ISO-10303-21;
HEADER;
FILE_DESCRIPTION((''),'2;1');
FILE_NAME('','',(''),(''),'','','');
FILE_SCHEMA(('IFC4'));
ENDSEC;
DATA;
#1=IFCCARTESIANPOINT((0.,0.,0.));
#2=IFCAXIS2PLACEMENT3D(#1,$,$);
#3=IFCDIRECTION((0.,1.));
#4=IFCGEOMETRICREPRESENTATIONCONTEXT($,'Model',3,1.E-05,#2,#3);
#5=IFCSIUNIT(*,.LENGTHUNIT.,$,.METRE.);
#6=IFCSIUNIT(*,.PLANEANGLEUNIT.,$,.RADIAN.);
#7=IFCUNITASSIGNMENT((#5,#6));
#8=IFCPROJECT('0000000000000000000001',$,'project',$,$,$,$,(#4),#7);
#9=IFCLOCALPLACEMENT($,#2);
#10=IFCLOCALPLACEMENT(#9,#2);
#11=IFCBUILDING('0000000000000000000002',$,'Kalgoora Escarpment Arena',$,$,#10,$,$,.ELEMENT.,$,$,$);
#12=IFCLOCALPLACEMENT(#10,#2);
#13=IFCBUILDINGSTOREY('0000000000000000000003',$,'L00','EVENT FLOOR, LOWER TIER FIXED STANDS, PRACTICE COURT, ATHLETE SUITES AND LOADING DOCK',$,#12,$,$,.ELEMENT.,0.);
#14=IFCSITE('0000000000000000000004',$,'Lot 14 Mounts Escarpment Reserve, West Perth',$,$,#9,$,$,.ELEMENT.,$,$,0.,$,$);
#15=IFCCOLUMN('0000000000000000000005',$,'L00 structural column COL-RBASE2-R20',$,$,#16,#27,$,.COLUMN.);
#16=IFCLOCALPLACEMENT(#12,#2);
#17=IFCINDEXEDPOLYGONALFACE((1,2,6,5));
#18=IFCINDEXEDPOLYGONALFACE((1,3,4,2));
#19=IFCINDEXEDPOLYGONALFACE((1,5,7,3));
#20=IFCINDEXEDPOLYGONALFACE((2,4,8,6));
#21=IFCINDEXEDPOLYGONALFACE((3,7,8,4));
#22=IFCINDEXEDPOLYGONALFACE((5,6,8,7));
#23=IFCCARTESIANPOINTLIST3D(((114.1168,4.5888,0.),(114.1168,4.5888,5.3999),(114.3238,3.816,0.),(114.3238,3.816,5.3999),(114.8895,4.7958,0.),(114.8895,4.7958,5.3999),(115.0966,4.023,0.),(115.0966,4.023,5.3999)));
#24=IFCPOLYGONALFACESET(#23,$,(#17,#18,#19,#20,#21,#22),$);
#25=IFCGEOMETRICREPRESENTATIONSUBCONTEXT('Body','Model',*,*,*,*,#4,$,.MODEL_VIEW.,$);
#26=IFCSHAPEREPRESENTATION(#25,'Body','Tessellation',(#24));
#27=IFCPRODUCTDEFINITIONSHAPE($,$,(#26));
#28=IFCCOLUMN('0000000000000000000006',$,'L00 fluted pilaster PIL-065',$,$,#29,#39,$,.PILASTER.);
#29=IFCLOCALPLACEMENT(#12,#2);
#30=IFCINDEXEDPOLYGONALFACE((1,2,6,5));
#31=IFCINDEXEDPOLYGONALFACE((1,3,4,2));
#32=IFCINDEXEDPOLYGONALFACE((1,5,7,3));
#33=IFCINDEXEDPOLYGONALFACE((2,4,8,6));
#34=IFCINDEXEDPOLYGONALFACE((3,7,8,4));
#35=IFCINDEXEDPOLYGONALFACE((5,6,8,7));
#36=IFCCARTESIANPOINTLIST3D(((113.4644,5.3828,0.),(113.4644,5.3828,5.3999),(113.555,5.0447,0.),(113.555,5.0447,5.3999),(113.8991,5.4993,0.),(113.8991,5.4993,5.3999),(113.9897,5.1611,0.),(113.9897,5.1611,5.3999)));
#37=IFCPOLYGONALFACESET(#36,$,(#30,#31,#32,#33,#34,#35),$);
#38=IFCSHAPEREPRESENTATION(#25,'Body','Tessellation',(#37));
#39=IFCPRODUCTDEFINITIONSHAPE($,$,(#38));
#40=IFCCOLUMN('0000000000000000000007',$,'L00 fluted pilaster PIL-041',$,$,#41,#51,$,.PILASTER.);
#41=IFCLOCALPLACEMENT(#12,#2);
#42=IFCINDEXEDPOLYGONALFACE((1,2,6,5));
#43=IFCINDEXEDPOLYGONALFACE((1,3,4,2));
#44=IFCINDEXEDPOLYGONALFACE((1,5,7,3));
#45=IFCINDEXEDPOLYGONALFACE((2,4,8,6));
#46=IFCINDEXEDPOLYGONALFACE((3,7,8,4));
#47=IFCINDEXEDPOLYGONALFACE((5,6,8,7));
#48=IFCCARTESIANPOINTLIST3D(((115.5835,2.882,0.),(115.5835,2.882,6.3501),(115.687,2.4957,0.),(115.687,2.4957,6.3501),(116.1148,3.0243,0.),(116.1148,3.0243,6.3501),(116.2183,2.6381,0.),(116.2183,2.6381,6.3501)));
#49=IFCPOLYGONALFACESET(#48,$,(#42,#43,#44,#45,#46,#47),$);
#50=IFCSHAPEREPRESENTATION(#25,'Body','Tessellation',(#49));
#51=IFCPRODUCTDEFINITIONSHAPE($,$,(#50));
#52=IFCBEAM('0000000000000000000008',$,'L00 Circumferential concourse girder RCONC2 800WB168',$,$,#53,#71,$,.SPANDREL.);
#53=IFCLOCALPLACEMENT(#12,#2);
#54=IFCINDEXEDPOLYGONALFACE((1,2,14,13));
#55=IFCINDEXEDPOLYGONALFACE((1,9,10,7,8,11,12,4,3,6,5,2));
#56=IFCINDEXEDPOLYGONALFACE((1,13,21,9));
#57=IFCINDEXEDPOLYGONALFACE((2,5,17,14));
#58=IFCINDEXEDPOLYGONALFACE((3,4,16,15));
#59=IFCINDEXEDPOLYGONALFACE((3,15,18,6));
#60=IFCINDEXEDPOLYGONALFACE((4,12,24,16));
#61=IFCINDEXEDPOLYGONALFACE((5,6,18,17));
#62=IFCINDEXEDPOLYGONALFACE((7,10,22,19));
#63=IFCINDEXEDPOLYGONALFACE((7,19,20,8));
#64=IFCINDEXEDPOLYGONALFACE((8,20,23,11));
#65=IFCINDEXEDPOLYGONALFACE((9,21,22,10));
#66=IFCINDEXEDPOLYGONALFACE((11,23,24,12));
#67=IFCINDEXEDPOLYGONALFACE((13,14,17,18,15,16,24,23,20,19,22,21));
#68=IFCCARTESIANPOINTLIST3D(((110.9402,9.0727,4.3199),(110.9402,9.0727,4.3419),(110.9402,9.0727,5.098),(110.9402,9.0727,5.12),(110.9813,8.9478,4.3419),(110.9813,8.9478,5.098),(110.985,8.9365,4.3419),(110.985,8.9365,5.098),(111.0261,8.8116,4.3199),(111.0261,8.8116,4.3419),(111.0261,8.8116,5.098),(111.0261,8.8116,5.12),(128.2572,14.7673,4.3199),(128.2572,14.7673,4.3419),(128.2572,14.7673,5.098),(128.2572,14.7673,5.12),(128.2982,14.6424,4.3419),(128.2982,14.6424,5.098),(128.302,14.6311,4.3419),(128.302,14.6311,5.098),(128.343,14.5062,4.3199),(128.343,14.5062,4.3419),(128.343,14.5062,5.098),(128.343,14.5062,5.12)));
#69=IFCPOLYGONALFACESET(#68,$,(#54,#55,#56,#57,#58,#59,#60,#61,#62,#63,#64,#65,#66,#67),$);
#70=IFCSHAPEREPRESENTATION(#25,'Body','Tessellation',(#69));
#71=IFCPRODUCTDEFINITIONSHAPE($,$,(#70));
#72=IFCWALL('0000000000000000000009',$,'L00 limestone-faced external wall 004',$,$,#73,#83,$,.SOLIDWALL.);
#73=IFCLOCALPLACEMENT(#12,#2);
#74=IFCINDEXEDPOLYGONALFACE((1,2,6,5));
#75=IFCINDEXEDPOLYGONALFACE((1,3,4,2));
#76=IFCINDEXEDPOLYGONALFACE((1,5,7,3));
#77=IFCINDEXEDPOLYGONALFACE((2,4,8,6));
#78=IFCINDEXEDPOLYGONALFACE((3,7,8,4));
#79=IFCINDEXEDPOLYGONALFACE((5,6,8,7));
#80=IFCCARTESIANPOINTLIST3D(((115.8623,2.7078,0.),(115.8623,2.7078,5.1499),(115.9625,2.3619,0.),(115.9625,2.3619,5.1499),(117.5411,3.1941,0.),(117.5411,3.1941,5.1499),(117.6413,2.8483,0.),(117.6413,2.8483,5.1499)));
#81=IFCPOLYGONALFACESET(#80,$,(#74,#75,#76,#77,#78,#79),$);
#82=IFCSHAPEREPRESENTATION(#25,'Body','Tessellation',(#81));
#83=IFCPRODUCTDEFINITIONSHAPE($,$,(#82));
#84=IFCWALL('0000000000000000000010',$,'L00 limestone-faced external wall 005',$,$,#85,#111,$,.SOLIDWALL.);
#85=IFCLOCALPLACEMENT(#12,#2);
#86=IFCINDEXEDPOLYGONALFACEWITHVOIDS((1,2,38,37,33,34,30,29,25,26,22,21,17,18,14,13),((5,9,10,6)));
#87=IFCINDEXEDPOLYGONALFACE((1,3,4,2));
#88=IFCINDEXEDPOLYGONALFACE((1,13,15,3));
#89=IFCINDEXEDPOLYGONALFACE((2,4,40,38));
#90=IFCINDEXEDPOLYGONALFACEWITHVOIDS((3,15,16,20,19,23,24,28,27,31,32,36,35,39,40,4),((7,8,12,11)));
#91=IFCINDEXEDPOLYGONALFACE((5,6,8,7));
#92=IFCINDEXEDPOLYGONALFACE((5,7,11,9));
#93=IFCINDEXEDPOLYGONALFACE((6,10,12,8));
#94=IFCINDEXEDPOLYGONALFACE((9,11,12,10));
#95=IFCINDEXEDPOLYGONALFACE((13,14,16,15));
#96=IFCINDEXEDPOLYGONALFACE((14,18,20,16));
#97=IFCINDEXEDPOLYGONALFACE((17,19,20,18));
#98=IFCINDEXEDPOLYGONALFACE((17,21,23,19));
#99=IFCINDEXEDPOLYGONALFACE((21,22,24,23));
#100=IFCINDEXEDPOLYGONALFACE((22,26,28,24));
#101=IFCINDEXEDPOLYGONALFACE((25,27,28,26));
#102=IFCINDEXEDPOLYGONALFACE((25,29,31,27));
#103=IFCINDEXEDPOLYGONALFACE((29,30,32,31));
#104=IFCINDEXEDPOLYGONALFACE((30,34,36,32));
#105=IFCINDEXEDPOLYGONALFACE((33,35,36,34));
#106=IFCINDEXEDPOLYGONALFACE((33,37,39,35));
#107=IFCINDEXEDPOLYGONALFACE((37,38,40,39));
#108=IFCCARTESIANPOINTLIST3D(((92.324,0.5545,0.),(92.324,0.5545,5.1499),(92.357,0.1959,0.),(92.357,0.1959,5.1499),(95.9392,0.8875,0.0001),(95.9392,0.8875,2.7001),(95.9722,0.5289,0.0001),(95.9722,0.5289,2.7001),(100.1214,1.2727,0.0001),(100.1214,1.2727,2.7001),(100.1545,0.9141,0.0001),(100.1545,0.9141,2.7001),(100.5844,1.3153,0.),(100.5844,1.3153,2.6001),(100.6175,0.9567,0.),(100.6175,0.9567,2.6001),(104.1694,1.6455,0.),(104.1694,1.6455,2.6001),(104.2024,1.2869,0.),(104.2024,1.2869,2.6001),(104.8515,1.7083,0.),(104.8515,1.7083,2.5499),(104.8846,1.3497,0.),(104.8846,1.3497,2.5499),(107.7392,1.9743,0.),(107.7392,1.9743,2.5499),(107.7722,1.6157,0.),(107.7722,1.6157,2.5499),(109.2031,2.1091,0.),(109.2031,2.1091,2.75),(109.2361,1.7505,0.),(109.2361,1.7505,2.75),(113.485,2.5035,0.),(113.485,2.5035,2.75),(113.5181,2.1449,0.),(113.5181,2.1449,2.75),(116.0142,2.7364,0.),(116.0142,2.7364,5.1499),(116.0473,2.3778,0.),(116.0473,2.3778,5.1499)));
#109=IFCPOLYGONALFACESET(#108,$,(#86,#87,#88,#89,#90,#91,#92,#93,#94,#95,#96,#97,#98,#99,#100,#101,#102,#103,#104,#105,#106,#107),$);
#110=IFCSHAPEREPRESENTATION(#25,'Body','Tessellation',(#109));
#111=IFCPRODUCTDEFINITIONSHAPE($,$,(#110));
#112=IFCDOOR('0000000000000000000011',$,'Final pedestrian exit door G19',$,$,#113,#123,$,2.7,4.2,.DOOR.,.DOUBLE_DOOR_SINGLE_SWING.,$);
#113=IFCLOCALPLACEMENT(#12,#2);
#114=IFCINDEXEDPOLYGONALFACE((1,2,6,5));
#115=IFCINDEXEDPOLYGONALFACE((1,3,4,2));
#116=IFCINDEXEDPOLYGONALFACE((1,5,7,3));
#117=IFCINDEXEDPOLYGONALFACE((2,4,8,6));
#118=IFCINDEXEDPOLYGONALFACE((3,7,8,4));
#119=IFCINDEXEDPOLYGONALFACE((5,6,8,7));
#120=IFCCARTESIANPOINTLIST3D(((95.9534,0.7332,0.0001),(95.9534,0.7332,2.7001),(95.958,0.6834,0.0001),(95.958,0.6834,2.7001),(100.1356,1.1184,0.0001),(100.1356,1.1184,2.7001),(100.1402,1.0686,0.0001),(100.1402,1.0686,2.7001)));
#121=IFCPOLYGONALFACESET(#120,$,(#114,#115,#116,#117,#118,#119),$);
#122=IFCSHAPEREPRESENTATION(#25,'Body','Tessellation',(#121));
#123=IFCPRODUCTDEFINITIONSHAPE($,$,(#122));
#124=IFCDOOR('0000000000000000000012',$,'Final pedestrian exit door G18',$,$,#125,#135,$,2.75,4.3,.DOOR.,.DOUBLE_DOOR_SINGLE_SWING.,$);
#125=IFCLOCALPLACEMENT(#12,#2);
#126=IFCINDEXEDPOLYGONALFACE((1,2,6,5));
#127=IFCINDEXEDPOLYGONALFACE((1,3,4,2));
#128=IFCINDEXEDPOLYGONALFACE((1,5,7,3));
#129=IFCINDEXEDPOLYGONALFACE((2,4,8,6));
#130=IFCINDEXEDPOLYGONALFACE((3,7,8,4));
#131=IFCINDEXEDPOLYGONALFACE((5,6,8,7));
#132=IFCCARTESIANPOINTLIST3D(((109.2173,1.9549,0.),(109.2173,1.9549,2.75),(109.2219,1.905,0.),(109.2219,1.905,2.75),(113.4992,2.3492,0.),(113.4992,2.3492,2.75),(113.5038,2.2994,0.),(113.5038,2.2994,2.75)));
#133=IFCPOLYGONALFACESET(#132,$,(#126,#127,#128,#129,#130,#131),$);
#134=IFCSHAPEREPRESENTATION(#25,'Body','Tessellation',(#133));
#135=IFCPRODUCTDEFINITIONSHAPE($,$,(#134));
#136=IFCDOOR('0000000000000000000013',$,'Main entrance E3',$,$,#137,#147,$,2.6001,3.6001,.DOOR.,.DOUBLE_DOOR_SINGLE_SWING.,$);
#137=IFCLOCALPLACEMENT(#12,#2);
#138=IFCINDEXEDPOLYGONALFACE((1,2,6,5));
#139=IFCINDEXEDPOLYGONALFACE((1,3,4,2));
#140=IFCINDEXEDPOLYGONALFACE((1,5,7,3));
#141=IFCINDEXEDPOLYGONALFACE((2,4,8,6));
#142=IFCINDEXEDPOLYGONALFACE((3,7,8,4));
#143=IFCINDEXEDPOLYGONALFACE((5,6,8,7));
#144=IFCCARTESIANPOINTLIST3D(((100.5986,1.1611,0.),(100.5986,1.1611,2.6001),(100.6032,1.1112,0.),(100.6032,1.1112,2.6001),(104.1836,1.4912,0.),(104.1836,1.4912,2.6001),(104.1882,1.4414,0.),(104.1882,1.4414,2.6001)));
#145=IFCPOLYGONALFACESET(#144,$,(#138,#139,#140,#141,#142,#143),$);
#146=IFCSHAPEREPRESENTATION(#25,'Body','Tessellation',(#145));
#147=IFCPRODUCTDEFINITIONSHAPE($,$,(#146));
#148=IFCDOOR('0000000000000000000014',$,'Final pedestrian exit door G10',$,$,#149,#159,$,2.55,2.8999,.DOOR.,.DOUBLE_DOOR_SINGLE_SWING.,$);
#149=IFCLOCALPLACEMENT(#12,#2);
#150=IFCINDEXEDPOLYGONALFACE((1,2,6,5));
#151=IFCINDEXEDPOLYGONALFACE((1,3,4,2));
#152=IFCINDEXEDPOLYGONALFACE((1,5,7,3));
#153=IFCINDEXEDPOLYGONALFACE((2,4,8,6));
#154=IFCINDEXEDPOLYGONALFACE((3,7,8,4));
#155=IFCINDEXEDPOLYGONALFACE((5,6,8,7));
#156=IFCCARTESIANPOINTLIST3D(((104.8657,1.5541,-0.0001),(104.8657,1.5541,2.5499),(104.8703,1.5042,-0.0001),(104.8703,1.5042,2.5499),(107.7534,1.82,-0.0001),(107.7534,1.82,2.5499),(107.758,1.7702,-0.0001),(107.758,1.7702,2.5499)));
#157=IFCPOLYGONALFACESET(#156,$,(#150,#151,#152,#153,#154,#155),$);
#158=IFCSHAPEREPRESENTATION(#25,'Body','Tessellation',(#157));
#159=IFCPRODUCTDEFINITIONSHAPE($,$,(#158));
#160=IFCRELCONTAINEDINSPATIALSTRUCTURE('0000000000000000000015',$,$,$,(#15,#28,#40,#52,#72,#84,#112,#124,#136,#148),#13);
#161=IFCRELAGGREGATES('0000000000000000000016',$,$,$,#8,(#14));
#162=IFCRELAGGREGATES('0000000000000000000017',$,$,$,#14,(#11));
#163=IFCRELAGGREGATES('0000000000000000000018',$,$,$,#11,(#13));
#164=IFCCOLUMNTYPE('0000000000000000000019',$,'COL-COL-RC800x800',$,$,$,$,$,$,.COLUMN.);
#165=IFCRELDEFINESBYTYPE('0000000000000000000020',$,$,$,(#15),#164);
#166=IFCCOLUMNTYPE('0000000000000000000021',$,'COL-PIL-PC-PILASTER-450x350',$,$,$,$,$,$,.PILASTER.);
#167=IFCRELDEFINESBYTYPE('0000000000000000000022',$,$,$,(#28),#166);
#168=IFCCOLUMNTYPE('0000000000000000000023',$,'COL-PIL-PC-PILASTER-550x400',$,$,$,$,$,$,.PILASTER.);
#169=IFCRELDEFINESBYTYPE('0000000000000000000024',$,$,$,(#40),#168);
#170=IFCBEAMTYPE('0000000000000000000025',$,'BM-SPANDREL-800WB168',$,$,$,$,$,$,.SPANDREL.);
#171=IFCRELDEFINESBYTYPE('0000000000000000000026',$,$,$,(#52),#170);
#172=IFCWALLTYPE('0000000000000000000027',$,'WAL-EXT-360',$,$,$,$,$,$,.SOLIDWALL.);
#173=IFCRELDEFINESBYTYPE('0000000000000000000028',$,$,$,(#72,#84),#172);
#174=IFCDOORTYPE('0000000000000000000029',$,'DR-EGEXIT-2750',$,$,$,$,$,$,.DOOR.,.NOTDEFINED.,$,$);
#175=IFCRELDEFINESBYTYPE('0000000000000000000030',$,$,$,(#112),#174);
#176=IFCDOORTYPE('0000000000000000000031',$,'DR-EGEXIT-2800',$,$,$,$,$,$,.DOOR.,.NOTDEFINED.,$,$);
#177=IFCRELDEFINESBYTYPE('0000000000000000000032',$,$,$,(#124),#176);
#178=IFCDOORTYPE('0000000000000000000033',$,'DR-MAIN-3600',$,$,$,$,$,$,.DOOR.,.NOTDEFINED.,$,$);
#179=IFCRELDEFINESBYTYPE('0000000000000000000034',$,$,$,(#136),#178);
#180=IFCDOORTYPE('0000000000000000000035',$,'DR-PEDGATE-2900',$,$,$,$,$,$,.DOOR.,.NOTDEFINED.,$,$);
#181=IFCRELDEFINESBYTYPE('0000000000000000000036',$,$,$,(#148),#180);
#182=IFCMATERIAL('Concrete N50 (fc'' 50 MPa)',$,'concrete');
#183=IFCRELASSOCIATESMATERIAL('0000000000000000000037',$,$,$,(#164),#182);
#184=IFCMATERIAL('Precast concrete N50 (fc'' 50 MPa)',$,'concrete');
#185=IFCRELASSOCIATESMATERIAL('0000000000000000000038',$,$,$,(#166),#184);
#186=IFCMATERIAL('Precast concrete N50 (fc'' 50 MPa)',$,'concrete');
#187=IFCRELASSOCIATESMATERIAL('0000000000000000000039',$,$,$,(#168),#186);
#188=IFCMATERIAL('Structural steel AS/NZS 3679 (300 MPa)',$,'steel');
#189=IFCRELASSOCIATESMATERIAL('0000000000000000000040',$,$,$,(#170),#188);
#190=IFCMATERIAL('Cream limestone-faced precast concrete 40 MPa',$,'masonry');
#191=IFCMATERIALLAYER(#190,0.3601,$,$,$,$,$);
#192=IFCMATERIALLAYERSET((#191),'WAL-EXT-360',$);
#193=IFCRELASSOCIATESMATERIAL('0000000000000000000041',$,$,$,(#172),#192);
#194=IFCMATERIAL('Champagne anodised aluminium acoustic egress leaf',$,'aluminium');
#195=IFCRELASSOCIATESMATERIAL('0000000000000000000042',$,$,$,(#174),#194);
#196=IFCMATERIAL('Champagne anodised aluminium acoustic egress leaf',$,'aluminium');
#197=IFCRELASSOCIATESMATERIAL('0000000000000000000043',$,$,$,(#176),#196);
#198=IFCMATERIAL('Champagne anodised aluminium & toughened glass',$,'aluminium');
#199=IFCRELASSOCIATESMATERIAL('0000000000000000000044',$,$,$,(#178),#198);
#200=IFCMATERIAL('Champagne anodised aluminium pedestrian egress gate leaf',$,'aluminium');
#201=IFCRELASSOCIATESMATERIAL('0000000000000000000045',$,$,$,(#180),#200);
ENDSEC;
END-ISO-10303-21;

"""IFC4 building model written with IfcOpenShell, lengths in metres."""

from ifc_helpers import new_model, si_unit, direction, frame, frame_2d, origin, origin_2d, place, context, subcontext, project, spatial, rectangle, i_section, extrude, material, layer, layer_set, material_profile, profile_set, type_object, element, fill, save


model = new_model("IFC4")

# Units and contexts
model_context = context("Model", 3, precision=1e-05, world=origin(), true_north=direction((0.0, 1.0)))
body_context = subcontext(model_context, "Body", "Model", "MODEL_VIEW")
ifc_project = project(units=[si_unit("LENGTHUNIT", "METRE"), si_unit("PLANEANGLEUNIT", "RADIAN")], contexts=[model_context])

# Site, building, storey
site_placement = place(None, origin())
site = spatial("IfcSite", under=ifc_project, at=site_placement, Name="Lot 14 Mounts Escarpment Reserve, West Perth", CompositionType="ELEMENT", RefElevation=0.0)
building_placement = place(site_placement, origin())
building = spatial("IfcBuilding", under=site, at=building_placement, Name="Kalgoora Escarpment Arena", CompositionType="ELEMENT")
storey_placement = place(building_placement, origin())
storey = spatial("IfcBuildingStorey", under=building, at=storey_placement, Name="L00", Description="EVENT FLOOR, LOWER TIER FIXED STANDS, PRACTICE COURT, ATHLETE SUITES AND LOADING DOCK", CompositionType="ELEMENT", Elevation=0.0)

# Columns
ifc_material_1 = material(Name="Concrete N50 (fc' 50 MPa)", Category="concrete")
ifc_material_profile_1 = material_profile(ifc_material_1, rectangle(XDim=0.8, YDim=0.8, at=origin_2d()))
ifc_profile_set_1 = profile_set([ifc_material_profile_1], Name="Concrete N50 (fc' 50 MPa)")
column_type_1 = type_object("IfcColumnType", Name="COL-COL-RC800x800", PredefinedType="COLUMN", material=ifc_profile_set_1)
column_1_placement = place(storey_placement, frame((114.6067, 4.3059, 0.0), z_axis=(0.0, 0.0, 1.0), x_axis=(0.258819, -0.965926, 0.0)))
element("IfcColumn", 1, at=column_1_placement, inside=storey, type_object=column_type_1, Name="L00 structural column COL-RBASE2-R20", PredefinedType="COLUMN", context=body_context, shape_type="SweptSolid", body=[
    extrude(rectangle(XDim=0.8, YDim=0.8, at=origin_2d()), origin(), (0.0, 0.0, 1.0), 5.3999),
])
ifc_material_2 = material(Name="Precast concrete N50 (fc' 50 MPa)", Category="concrete")
ifc_material_profile_2 = material_profile(ifc_material_2, rectangle(XDim=0.3501, YDim=0.45, at=origin_2d()))
ifc_profile_set_2 = profile_set([ifc_material_profile_2], Name="Precast concrete N50 (fc' 50 MPa)")
column_type_2 = type_object("IfcColumnType", Name="COL-PIL-PC-PILASTER-450x350", PredefinedType="PILASTER", material=ifc_profile_set_2)
column_2_placement = place(storey_placement, frame((113.7271, 5.272, 0.0), z_axis=(0.0, 0.0, 1.0), x_axis=(0.258819, -0.965926, 0.0)))
element("IfcColumn", 2, at=column_2_placement, inside=storey, type_object=column_type_2, Name="L00 fluted pilaster PIL-065", PredefinedType="PILASTER", context=body_context, shape_type="SweptSolid", body=[
    extrude(rectangle(XDim=0.3501, YDim=0.45, at=origin_2d()), origin(), (0.0, 0.0, 1.0), 5.3999),
])
ifc_material_3 = material(Name="Precast concrete N50 (fc' 50 MPa)", Category="concrete")
ifc_material_profile_3 = material_profile(ifc_material_3, rectangle(XDim=0.3999, YDim=0.55, at=origin_2d()))
ifc_profile_set_3 = profile_set([ifc_material_profile_3], Name="Precast concrete N50 (fc' 50 MPa)")
column_type_3 = type_object("IfcColumnType", Name="COL-PIL-PC-PILASTER-550x400", PredefinedType="PILASTER", material=ifc_profile_set_3)
column_3_placement = place(storey_placement, frame((115.9009, 2.76, 0.0), z_axis=(0.0, 0.0, 1.0), x_axis=(0.258819, -0.965926, 0.0)))
element("IfcColumn", 3, at=column_3_placement, inside=storey, type_object=column_type_3, Name="L00 fluted pilaster PIL-041", PredefinedType="PILASTER", context=body_context, shape_type="SweptSolid", body=[
    extrude(rectangle(XDim=0.3999, YDim=0.55, at=origin_2d()), origin(), (0.0, 0.0, 1.0), 6.3501),
])

# Beam
ifc_material_4 = material(Name="Structural steel AS/NZS 3679 (300 MPa)", Category="steel")
ifc_material_profile_4 = material_profile(ifc_material_4, i_section(OverallWidth=0.2749, OverallDepth=0.8, WebThickness=0.012, FlangeThickness=0.022, at=origin_2d()))
ifc_profile_set_4 = profile_set([ifc_material_profile_4], Name="Structural steel AS/NZS 3679 (300 MPa)")
beam_type = type_object("IfcBeamType", Name="BM-SPANDREL-800WB168", PredefinedType="SPANDREL", material=ifc_profile_set_4)
beam_placement = place(storey_placement, frame((110.9832, 8.9421, 4.72), z_axis=(0.949955, 0.312388, 0.0), x_axis=(-0.312388, 0.949955, 0.0)))
element("IfcBeam", 4, at=beam_placement, inside=storey, type_object=beam_type, Name="L00 Circumferential concourse girder RCONC2 800WB168", PredefinedType="SPANDREL", context=body_context, shape_type="SweptSolid", body=[
    extrude(i_section(OverallWidth=0.2749, OverallDepth=0.8, WebThickness=0.012, FlangeThickness=0.022, at=origin_2d()), origin(), (0.0, 0.0, 1.0), 18.2292),
])

# Wall
ifc_material_5 = material(Name="Cream limestone-faced precast concrete 40 MPa", Category="masonry")
ifc_layer = layer(ifc_material_5, 0.3601)
ifc_layer_set = layer_set([ifc_layer], Name="WAL-EXT-360")
wall_type = type_object("IfcWallType", Name="WAL-EXT-360", PredefinedType="SOLIDWALL", material=ifc_layer_set)
wall_1_placement = place(storey_placement, frame((117.5913, 3.0212, 0.0), z_axis=(0.0, 0.0, 1.0), x_axis=(-0.960505, -0.278262, 0.0)))
element("IfcWall", 5, at=wall_1_placement, inside=storey, type_object=wall_type, Name="L00 limestone-faced external wall 004", PredefinedType="SOLIDWALL", context=body_context, shape_type="SweptSolid", body=[
    extrude(rectangle(XDim=1.7478, YDim=0.3601, at=frame_2d((0.874, 0.0))), origin(), (0.0, 0.0, 1.0), 5.1499),
])

# Wall, openings, doors
wall_2_placement = place(storey_placement, frame((116.0308, 2.5571, 0.0), z_axis=(0.0, 0.0, 1.0), x_axis=(-0.995786, -0.091713, 0.0)))
wall_2 = element("IfcWall", 6, at=wall_2_placement, inside=storey, type_object=wall_type, Name="L00 limestone-faced external wall 005", PredefinedType="SOLIDWALL", context=body_context, shape_type="SweptSolid", body=[
    extrude(rectangle(XDim=23.7905, YDim=0.3601, at=frame_2d((11.8953, 0.0))), origin(), (0.0, 0.0, 1.0), 5.1499),
])
opening_1_placement = place(wall_2_placement, frame((8.3101, 0.0, 0.0)))
opening_1 = element("IfcOpeningElement", 7, at=opening_1_placement, cuts=wall_2, PredefinedType="OPENING", context=body_context, shape_type="SweptSolid", body=[
    extrude(rectangle(XDim=2.8999, YDim=2.55, at=frame_2d((1.45, 1.2749))), frame((0.0, 0.1899, 0.0), z_axis=(0.0, -1.0, 0.0), x_axis=(1.0, 0.0, 0.0)), (0.0, 0.0, 1.0), 0.3801),
])
opening_2_placement = place(wall_2_placement, frame((11.895, 0.0, 0.0)))
opening_2 = element("IfcOpeningElement", 8, at=opening_2_placement, cuts=wall_2, PredefinedType="OPENING", context=body_context, shape_type="SweptSolid", body=[
    extrude(rectangle(XDim=3.6001, YDim=2.6001, at=frame_2d((1.8, 1.3))), frame((0.0, 0.1899, 0.0), z_axis=(0.0, -1.0, 0.0), x_axis=(1.0, 0.0, 0.0)), (0.0, 0.0, 1.0), 0.3801),
])
opening_3_placement = place(wall_2_placement, frame((2.54, 0.0, 0.0)))
opening_3 = element("IfcOpeningElement", 9, at=opening_3_placement, cuts=wall_2, PredefinedType="OPENING", context=body_context, shape_type="SweptSolid", body=[
    extrude(rectangle(XDim=4.3, YDim=2.75, at=frame_2d((2.1499, 1.375))), frame((0.0, 0.1899, 0.0), z_axis=(0.0, -1.0, 0.0), x_axis=(1.0, 0.0, 0.0)), (0.0, 0.0, 1.0), 0.3801),
])
opening_4_placement = place(wall_2_placement, frame((15.96, 0.0, 0.0)))
opening_4 = element("IfcOpeningElement", 10, at=opening_4_placement, cuts=wall_2, PredefinedType="OPENING", context=body_context, shape_type="SweptSolid", body=[
    extrude(rectangle(XDim=4.2, YDim=2.7, at=frame_2d((2.1001, 1.3501))), frame((0.0, 0.1899, 0.0), z_axis=(0.0, -1.0, 0.0), x_axis=(1.0, 0.0, 0.0)), (0.0, 0.0, 1.0), 0.3801),
])
ifc_material_6 = material(Name="Champagne anodised aluminium acoustic egress leaf", Category="aluminium")
door_type_1 = type_object("IfcDoorType", Name="DR-EGEXIT-2750", OperationType="NOTDEFINED", PredefinedType="DOOR", material=ifc_material_6)
door_1_placement = place(opening_4_placement, origin())
door_1 = element("IfcDoor", 11, at=door_1_placement, inside=storey, type_object=door_type_1, Name="Final pedestrian exit door G19", OperationType="DOUBLE_DOOR_SINGLE_SWING", OverallHeight=2.7, OverallWidth=4.2, PredefinedType="DOOR", context=body_context, shape_type="SweptSolid", body=[
    extrude(rectangle(XDim=4.2, YDim=2.7, at=frame_2d((2.1001, 1.3501))), frame((0.0, 0.0249, 0.0), z_axis=(0.0, -1.0, 0.0), x_axis=(1.0, 0.0, 0.0)), (0.0, 0.0, 1.0), 0.05),
])
fill(opening_4, door_1)
ifc_material_7 = material(Name="Champagne anodised aluminium acoustic egress leaf", Category="aluminium")
door_type_2 = type_object("IfcDoorType", Name="DR-EGEXIT-2800", OperationType="NOTDEFINED", PredefinedType="DOOR", material=ifc_material_7)
door_2_placement = place(opening_3_placement, origin())
door_2 = element("IfcDoor", 12, at=door_2_placement, inside=storey, type_object=door_type_2, Name="Final pedestrian exit door G18", OperationType="DOUBLE_DOOR_SINGLE_SWING", OverallHeight=2.75, OverallWidth=4.3, PredefinedType="DOOR", context=body_context, shape_type="SweptSolid", body=[
    extrude(rectangle(XDim=4.3, YDim=2.75, at=frame_2d((2.1499, 1.375))), frame((0.0, 0.0249, 0.0), z_axis=(0.0, -1.0, 0.0), x_axis=(1.0, 0.0, 0.0)), (0.0, 0.0, 1.0), 0.05),
])
fill(opening_3, door_2)
ifc_material_8 = material(Name="Champagne anodised aluminium & toughened glass", Category="aluminium")
door_type_3 = type_object("IfcDoorType", Name="DR-MAIN-3600", OperationType="NOTDEFINED", PredefinedType="DOOR", material=ifc_material_8)
door_3_placement = place(opening_2_placement, origin())
door_3 = element("IfcDoor", 13, at=door_3_placement, inside=storey, type_object=door_type_3, Name="Main entrance E3", OperationType="DOUBLE_DOOR_SINGLE_SWING", OverallHeight=2.6001, OverallWidth=3.6001, PredefinedType="DOOR", context=body_context, shape_type="SweptSolid", body=[
    extrude(rectangle(XDim=3.6001, YDim=2.6001, at=frame_2d((1.8, 1.3))), frame((0.0, 0.0249, 0.0), z_axis=(0.0, -1.0, 0.0), x_axis=(1.0, 0.0, 0.0)), (0.0, 0.0, 1.0), 0.05),
])
fill(opening_2, door_3)
ifc_material_9 = material(Name="Champagne anodised aluminium pedestrian egress gate leaf", Category="aluminium")
door_type_4 = type_object("IfcDoorType", Name="DR-PEDGATE-2900", OperationType="NOTDEFINED", PredefinedType="DOOR", material=ifc_material_9)
door_4_placement = place(opening_1_placement, origin())
door_4 = element("IfcDoor", 14, at=door_4_placement, inside=storey, type_object=door_type_4, Name="Final pedestrian exit door G10", OperationType="DOUBLE_DOOR_SINGLE_SWING", OverallHeight=2.55, OverallWidth=2.8999, PredefinedType="DOOR", context=body_context, shape_type="SweptSolid", body=[
    extrude(rectangle(XDim=2.8999, YDim=2.55, at=frame_2d((1.45, 1.2749))), frame((0.0, 0.0249, 0.0), z_axis=(0.0, -1.0, 0.0), x_axis=(1.0, 0.0, 0.0)), (0.0, 0.0, 1.0), 0.05),
])
fill(opening_1, door_4)

save(model, "model.ifc")
